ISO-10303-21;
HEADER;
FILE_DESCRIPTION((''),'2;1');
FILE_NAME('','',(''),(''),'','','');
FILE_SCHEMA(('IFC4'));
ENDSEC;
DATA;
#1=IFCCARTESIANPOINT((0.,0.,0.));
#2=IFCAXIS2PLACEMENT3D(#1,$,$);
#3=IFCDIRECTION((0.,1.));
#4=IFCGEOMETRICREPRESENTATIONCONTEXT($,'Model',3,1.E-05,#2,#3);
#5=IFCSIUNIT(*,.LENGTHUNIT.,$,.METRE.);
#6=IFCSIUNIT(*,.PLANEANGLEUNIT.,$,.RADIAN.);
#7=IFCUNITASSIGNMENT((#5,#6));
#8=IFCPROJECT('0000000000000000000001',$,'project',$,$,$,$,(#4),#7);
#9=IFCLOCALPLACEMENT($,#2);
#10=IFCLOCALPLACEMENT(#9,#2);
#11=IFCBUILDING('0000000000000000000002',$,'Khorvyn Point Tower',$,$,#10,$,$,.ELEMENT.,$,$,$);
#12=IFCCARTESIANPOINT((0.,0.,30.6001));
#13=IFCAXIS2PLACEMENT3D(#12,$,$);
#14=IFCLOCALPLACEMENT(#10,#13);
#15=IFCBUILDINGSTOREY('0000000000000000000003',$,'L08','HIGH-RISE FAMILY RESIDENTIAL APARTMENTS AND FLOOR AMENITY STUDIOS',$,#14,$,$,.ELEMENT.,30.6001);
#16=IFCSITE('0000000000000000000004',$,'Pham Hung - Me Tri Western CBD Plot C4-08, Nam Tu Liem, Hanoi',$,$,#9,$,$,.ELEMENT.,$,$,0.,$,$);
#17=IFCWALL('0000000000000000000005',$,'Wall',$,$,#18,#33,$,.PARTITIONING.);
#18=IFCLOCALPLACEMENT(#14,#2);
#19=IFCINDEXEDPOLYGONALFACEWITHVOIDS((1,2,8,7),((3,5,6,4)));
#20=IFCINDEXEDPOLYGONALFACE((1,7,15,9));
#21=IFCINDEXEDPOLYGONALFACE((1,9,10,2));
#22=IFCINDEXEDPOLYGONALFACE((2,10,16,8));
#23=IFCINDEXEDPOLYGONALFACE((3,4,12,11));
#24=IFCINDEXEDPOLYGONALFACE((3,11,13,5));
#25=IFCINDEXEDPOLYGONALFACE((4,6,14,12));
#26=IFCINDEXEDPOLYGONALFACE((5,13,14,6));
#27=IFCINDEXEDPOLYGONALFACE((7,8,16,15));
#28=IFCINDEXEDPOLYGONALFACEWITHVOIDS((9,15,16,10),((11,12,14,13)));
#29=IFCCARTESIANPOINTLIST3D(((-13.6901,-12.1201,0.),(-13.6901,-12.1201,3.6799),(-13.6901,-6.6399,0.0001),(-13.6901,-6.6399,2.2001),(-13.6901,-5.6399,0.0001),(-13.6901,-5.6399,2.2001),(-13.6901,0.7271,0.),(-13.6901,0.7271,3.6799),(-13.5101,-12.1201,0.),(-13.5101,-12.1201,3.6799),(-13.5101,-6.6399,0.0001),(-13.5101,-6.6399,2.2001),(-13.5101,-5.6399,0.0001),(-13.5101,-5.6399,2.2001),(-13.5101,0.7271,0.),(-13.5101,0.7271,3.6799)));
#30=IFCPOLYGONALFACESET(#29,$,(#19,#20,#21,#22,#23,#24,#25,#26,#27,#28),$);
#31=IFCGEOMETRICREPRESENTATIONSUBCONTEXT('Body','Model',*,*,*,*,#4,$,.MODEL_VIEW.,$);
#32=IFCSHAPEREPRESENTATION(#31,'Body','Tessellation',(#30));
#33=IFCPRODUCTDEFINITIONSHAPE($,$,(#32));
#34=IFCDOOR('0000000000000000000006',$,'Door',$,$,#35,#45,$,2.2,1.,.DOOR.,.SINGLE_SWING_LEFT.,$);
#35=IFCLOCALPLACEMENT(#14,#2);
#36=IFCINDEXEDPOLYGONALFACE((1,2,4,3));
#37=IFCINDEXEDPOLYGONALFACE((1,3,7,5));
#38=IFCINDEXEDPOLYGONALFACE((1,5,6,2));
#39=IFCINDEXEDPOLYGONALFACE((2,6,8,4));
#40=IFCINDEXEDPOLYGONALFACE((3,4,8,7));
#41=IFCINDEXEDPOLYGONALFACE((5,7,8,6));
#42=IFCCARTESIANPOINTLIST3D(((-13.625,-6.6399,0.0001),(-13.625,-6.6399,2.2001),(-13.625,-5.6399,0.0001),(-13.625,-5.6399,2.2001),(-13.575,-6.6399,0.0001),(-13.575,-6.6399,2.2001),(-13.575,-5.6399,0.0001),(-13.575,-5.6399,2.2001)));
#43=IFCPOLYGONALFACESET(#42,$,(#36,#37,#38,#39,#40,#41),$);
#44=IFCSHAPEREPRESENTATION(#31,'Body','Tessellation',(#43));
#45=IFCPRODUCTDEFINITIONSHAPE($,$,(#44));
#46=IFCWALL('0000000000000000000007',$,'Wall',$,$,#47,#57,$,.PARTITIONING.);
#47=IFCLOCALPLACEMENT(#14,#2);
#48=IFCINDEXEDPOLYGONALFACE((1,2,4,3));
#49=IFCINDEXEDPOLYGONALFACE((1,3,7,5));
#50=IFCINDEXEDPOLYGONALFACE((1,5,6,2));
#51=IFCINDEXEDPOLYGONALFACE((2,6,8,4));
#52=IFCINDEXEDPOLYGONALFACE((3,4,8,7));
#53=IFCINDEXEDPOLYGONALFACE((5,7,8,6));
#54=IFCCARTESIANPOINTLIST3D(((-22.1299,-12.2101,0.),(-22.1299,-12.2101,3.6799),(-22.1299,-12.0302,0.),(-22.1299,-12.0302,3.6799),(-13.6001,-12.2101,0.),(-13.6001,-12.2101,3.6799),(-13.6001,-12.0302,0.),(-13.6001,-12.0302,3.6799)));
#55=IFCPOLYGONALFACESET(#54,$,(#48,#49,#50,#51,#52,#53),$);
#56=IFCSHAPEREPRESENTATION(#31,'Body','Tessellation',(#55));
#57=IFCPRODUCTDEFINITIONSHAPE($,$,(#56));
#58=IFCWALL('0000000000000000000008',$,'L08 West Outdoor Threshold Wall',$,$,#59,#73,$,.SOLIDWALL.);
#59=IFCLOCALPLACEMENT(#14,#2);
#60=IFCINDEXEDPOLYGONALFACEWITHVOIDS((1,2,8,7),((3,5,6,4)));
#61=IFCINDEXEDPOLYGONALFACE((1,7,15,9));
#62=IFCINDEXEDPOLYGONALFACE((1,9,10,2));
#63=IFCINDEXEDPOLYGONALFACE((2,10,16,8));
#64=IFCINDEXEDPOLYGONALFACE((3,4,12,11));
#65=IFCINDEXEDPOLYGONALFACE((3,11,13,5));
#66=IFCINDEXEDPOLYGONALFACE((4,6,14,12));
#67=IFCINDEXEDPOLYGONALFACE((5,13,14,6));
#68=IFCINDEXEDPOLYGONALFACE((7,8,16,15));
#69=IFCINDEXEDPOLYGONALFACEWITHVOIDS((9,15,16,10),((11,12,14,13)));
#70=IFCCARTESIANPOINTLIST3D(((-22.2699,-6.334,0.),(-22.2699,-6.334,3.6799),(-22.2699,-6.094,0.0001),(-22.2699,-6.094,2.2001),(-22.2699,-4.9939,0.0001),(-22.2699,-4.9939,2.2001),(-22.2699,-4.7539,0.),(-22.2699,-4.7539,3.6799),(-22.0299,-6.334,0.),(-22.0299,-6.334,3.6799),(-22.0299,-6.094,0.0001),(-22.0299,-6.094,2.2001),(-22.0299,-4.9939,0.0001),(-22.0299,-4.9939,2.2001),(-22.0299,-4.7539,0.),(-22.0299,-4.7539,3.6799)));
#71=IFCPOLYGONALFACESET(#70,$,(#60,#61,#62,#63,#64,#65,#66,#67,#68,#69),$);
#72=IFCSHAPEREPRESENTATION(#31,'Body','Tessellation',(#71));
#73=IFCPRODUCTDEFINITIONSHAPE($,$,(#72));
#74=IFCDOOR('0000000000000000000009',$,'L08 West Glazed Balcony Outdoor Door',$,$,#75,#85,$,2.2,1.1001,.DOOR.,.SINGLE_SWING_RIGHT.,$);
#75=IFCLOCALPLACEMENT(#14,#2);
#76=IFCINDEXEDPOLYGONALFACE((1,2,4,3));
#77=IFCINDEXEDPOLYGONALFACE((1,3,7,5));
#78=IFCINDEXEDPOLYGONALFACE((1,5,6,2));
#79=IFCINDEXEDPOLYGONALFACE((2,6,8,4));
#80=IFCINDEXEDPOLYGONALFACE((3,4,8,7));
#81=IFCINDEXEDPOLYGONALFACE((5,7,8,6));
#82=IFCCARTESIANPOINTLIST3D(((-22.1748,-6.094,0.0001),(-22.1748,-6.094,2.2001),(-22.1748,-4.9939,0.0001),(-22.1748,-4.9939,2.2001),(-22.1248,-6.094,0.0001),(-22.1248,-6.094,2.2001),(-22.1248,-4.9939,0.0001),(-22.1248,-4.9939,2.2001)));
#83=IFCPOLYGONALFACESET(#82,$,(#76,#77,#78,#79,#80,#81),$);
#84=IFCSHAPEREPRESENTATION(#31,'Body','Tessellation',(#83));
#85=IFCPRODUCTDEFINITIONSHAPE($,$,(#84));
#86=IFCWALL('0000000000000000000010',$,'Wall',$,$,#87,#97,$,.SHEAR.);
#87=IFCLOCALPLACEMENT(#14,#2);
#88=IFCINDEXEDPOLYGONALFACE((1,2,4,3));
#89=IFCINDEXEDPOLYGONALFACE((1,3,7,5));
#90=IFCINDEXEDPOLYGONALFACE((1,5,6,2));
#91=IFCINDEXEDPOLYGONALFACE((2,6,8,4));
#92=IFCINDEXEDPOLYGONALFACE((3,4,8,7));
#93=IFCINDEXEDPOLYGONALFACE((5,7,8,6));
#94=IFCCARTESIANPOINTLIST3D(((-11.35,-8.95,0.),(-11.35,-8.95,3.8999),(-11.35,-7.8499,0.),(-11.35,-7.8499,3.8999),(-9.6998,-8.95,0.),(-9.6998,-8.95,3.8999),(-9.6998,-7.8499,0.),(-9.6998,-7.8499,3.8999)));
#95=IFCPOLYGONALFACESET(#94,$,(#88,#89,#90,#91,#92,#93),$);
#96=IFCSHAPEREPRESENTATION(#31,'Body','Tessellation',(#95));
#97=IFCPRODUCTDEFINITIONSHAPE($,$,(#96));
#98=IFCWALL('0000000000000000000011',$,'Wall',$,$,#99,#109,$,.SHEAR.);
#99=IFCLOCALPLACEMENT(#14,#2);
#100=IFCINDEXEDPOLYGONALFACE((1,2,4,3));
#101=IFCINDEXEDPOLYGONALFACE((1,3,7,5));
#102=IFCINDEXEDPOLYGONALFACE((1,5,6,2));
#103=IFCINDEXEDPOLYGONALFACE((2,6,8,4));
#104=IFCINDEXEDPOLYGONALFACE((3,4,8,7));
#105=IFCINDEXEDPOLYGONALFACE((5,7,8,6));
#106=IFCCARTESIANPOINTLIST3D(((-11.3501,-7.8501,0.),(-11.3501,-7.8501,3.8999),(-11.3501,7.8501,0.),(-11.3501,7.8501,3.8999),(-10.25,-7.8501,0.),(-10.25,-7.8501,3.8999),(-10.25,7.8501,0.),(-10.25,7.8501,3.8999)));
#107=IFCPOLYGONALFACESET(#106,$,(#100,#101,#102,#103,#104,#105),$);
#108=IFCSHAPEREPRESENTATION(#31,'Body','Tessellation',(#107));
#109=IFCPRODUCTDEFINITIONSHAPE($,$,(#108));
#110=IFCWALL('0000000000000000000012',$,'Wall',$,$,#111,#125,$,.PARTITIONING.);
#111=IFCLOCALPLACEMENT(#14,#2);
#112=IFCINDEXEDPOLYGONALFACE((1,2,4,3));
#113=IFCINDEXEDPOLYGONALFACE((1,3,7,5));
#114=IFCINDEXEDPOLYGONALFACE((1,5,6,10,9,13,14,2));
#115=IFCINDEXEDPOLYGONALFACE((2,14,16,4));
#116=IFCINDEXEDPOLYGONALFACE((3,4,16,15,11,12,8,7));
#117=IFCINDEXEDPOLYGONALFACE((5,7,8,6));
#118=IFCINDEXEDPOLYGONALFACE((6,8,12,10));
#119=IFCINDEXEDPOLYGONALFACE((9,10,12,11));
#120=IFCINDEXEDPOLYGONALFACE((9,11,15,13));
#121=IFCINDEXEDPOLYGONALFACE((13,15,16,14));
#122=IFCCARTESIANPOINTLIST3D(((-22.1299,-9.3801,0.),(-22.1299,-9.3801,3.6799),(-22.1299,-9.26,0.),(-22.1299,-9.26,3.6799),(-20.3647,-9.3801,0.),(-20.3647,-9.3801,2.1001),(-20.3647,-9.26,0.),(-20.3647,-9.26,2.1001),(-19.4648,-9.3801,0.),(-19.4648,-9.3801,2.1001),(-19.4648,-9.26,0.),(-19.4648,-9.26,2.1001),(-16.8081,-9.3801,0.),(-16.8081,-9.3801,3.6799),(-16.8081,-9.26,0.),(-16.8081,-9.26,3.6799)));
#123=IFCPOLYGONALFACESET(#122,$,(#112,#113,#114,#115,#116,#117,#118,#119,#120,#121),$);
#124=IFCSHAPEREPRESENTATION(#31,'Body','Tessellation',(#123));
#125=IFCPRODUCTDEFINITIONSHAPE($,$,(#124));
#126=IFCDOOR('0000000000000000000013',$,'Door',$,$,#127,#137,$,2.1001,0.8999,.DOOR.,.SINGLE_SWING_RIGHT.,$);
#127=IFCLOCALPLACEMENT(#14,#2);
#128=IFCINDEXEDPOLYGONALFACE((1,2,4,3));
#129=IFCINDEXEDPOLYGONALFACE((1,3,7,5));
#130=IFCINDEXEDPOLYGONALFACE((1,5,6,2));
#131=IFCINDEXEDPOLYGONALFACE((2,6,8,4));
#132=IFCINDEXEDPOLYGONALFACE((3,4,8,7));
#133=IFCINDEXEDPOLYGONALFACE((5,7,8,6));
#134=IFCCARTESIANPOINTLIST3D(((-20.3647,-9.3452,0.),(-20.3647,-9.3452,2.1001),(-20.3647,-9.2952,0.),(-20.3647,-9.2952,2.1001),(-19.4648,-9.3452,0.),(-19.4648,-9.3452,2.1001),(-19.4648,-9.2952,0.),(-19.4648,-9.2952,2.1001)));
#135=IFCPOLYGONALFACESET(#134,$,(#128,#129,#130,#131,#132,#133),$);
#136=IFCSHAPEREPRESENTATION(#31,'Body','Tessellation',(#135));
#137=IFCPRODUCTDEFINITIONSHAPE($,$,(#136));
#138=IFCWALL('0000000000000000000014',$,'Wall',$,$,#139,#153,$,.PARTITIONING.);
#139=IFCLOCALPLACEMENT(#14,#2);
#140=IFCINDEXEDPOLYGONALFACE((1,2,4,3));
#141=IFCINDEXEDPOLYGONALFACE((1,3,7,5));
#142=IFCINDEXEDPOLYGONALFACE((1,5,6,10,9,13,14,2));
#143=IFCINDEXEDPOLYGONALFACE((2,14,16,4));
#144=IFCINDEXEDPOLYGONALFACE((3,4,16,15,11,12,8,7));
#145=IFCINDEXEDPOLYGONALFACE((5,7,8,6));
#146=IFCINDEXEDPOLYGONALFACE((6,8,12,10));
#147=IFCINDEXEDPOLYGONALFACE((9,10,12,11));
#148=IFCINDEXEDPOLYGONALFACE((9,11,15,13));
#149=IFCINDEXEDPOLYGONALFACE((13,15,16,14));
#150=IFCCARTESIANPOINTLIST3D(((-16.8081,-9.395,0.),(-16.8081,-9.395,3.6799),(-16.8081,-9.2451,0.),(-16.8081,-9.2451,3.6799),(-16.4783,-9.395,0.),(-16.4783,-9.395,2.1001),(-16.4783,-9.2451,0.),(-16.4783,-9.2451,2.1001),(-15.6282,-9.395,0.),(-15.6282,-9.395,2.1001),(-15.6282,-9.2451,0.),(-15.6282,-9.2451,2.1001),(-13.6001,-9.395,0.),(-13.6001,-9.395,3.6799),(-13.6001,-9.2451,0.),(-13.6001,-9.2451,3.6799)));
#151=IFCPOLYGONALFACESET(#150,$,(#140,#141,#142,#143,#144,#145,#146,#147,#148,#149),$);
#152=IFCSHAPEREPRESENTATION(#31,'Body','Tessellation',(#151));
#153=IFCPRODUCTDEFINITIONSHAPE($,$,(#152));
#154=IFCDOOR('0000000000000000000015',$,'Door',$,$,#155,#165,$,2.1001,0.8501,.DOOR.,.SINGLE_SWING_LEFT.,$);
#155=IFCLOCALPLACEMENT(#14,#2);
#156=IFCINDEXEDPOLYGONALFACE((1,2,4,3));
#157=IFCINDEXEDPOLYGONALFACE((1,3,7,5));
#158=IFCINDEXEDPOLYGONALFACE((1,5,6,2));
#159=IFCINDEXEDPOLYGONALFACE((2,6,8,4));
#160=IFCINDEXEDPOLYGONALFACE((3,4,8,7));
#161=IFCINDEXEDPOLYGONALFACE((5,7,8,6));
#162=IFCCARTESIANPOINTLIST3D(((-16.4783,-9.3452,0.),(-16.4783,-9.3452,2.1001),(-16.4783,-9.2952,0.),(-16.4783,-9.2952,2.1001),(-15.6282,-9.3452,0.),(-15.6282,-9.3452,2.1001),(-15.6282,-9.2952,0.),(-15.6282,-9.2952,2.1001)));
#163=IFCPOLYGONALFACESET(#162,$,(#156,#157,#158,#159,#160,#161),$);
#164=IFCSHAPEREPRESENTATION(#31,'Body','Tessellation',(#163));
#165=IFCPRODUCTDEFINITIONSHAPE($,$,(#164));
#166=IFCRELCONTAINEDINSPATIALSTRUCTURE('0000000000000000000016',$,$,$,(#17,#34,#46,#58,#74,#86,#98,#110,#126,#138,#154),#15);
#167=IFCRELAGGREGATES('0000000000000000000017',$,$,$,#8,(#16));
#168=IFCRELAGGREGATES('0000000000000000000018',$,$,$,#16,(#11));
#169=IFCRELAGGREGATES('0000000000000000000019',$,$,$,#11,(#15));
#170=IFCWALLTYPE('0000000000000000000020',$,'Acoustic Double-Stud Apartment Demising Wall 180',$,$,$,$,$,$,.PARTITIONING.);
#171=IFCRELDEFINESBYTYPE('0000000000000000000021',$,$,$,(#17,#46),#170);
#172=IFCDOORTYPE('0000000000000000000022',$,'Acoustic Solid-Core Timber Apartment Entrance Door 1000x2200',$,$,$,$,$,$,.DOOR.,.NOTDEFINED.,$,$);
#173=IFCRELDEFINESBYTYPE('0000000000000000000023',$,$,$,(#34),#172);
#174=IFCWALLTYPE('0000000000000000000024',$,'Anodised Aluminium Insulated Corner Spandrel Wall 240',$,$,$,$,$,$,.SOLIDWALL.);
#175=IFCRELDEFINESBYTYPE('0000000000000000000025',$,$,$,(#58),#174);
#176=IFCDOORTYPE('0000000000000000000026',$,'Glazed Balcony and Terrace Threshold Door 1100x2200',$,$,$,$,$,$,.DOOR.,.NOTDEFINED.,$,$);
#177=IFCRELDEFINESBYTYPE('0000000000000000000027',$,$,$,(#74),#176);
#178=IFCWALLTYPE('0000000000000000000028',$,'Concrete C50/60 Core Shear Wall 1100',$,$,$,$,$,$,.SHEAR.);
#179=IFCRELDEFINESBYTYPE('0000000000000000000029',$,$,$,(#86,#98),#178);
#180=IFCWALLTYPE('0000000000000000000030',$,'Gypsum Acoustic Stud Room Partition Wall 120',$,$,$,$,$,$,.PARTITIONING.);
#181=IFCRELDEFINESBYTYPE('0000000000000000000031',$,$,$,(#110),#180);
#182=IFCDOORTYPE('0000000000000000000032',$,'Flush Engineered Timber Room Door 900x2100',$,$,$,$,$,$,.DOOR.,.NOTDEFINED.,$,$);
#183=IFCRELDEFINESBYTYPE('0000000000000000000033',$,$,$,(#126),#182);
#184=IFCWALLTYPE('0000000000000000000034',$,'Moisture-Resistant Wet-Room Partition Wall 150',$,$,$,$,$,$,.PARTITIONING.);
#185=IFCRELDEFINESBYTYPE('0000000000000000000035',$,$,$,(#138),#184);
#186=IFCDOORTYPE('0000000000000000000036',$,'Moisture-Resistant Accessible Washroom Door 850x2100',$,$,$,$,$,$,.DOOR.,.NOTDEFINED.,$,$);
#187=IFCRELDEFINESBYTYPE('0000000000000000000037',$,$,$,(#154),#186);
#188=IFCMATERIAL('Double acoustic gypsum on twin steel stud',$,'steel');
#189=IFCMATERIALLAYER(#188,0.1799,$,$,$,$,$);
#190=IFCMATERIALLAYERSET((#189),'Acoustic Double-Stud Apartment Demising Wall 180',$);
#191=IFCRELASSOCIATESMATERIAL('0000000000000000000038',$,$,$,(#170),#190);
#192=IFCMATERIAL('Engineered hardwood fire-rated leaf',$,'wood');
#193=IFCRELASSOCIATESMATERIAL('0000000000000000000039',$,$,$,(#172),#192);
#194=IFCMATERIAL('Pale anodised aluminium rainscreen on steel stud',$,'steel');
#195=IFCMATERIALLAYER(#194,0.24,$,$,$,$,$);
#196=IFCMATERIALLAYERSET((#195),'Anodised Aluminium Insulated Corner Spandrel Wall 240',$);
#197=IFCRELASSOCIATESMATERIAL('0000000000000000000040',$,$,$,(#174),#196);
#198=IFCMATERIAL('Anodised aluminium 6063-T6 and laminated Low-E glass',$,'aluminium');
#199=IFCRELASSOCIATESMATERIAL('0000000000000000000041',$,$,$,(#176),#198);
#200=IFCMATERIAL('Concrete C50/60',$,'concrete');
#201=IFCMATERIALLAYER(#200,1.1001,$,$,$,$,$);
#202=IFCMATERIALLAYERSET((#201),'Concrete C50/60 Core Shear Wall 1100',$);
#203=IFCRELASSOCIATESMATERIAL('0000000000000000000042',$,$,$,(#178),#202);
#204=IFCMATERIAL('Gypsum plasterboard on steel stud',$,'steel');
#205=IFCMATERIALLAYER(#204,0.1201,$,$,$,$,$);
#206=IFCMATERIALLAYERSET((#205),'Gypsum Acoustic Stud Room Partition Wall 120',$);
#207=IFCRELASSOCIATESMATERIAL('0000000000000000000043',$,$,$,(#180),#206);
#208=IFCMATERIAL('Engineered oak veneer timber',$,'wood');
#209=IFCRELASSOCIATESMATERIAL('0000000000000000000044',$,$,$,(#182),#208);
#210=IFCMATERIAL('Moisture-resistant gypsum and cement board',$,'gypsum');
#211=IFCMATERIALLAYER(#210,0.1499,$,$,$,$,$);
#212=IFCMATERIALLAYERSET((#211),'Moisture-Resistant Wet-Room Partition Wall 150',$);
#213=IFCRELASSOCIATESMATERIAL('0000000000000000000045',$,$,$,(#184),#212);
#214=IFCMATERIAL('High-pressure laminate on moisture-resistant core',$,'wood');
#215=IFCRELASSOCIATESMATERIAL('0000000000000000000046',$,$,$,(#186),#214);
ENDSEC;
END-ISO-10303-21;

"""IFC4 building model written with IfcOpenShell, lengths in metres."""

from ifc_helpers import new_model, si_unit, direction, frame, frame_2d, origin, place, context, subcontext, project, spatial, rectangle, extrude, material, layer, layer_set, type_object, element, fill, save


model = new_model("IFC4")

# Units and contexts
model_context = context("Model", 3, precision=1e-05, world=origin(), true_north=direction((0.0, 1.0)))
body_context = subcontext(model_context, "Body", "Model", "MODEL_VIEW")
ifc_project = project(units=[si_unit("LENGTHUNIT", "METRE"), si_unit("PLANEANGLEUNIT", "RADIAN")], contexts=[model_context])

# Site, building, storey
site_placement = place(None, origin())
site = spatial("IfcSite", under=ifc_project, at=site_placement, Name="Pham Hung - Me Tri Western CBD Plot C4-08, Nam Tu Liem, Hanoi", CompositionType="ELEMENT", RefElevation=0.0)
building_placement = place(site_placement, origin())
building = spatial("IfcBuilding", under=site, at=building_placement, Name="Khorvyn Point Tower", CompositionType="ELEMENT")
storey_placement = place(building_placement, frame((0.0, 0.0, 30.6001)))
storey = spatial("IfcBuildingStorey", under=building, at=storey_placement, Name="L08", Description="HIGH-RISE FAMILY RESIDENTIAL APARTMENTS AND FLOOR AMENITY STUDIOS", CompositionType="ELEMENT", Elevation=30.6001)

# Shared definitions
ifc_material_1 = material(Name="Concrete C50/60", Category="concrete")

# Shared definitions
ifc_material_2 = material(Name="Anodised aluminium 6063-T6 and laminated Low-E glass", Category="aluminium")

# Wall, opening, door
ifc_material_3 = material(Name="Double acoustic gypsum on twin steel stud", Category="steel")
ifc_layer_1 = layer(ifc_material_3, 0.1799)
ifc_layer_set_1 = layer_set([ifc_layer_1], Name="Acoustic Double-Stud Apartment Demising Wall 180")
wall_type_1 = type_object("IfcWallType", Name="Acoustic Double-Stud Apartment Demising Wall 180", PredefinedType="PARTITIONING", material=ifc_layer_set_1)
ifc_material_4 = material(Name="Engineered hardwood fire-rated leaf", Category="wood")
door_type_1 = type_object("IfcDoorType", Name="Acoustic Solid-Core Timber Apartment Entrance Door 1000x2200", OperationType="NOTDEFINED", PredefinedType="DOOR", material=ifc_material_4)
wall_1_placement = place(storey_placement, frame((-13.6001, -12.1201, 0.0), z_axis=(0.0, 0.0, 1.0), x_axis=(0.0, 1.0, 0.0)))
wall_1 = element("IfcWall", 1, at=wall_1_placement, inside=storey, type_object=wall_type_1, Name="Wall", PredefinedType="PARTITIONING", context=body_context, shape_type="SweptSolid", body=[
    extrude(rectangle(XDim=12.8472, YDim=0.1799, at=frame_2d((6.4236, 0.0))), origin(), (0.0, 0.0, 1.0), 3.6799),
])
opening_1_placement = place(wall_1_placement, frame((5.4802, 0.0, 0.0)))
opening_1 = element("IfcOpeningElement", 2, at=opening_1_placement, cuts=wall_1, PredefinedType="OPENING", context=body_context, shape_type="SweptSolid", body=[
    extrude(rectangle(XDim=1.0, YDim=2.2, at=frame_2d((0.5, 1.1001))), frame((0.0, 0.0999, 0.0), z_axis=(0.0, -1.0, 0.0), x_axis=(1.0, 0.0, 0.0)), (0.0, 0.0, 1.0), 0.2),
])
door_1_placement = place(opening_1_placement, origin())
door_1 = element("IfcDoor", 3, at=door_1_placement, inside=storey, type_object=door_type_1, Name="Door", OperationType="SINGLE_SWING_LEFT", OverallHeight=2.2, OverallWidth=1.0, PredefinedType="DOOR", context=body_context, shape_type="SweptSolid", body=[
    extrude(rectangle(XDim=1.0, YDim=2.2, at=frame_2d((0.5, 1.1001))), frame((0.0, 0.0249, 0.0), z_axis=(0.0, -1.0, 0.0), x_axis=(1.0, 0.0, 0.0)), (0.0, 0.0, 1.0), 0.05),
])
fill(opening_1, door_1)

# Wall
wall_2_placement = place(storey_placement, frame((-22.1299, -12.1201, 0.0), z_axis=(0.0, 0.0, 1.0), x_axis=(1.0, 0.0, 0.0)))
element("IfcWall", 4, at=wall_2_placement, inside=storey, type_object=wall_type_1, Name="Wall", PredefinedType="PARTITIONING", context=body_context, shape_type="SweptSolid", body=[
    extrude(rectangle(XDim=8.5298, YDim=0.1799, at=frame_2d((4.2649, 0.0))), origin(), (0.0, 0.0, 1.0), 3.6799),
])

# Wall, opening, door
ifc_material_5 = material(Name="Pale anodised aluminium rainscreen on steel stud", Category="steel")
ifc_layer_2 = layer(ifc_material_5, 0.24)
ifc_layer_set_2 = layer_set([ifc_layer_2], Name="Anodised Aluminium Insulated Corner Spandrel Wall 240")
wall_type_2 = type_object("IfcWallType", Name="Anodised Aluminium Insulated Corner Spandrel Wall 240", PredefinedType="SOLIDWALL", material=ifc_layer_set_2)
wall_3_placement = place(storey_placement, frame((-22.1499, -6.334, 0.0), z_axis=(0.0, 0.0, 1.0), x_axis=(0.0, 1.0, 0.0)))
wall_3 = element("IfcWall", 5, at=wall_3_placement, inside=storey, type_object=wall_type_2, Name="L08 West Outdoor Threshold Wall", PredefinedType="SOLIDWALL", context=body_context, shape_type="SweptSolid", body=[
    extrude(rectangle(XDim=1.5801, YDim=0.24, at=frame_2d((0.79, 0.0))), origin(), (0.0, 0.0, 1.0), 3.6799),
])
opening_2_placement = place(wall_3_placement, frame((0.24, 0.0, 0.0)))
opening_2 = element("IfcOpeningElement", 6, at=opening_2_placement, cuts=wall_3, PredefinedType="OPENING", context=body_context, shape_type="SweptSolid", body=[
    extrude(rectangle(XDim=1.1001, YDim=2.2, at=frame_2d((0.55, 1.1001))), frame((0.0, 0.1299, 0.0), z_axis=(0.0, -1.0, 0.0), x_axis=(1.0, 0.0, 0.0)), (0.0, 0.0, 1.0), 0.26),
])
door_type_2 = type_object("IfcDoorType", Name="Glazed Balcony and Terrace Threshold Door 1100x2200", OperationType="NOTDEFINED", PredefinedType="DOOR", material=ifc_material_2)
door_2_placement = place(opening_2_placement, origin())
door_2 = element("IfcDoor", 7, at=door_2_placement, inside=storey, type_object=door_type_2, Name="L08 West Glazed Balcony Outdoor Door", OperationType="SINGLE_SWING_RIGHT", OverallHeight=2.2, OverallWidth=1.1001, PredefinedType="DOOR", context=body_context, shape_type="SweptSolid", body=[
    extrude(rectangle(XDim=1.1001, YDim=2.2, at=frame_2d((0.55, 1.1001))), frame((0.0, 0.0249, 0.0), z_axis=(0.0, -1.0, 0.0), x_axis=(1.0, 0.0, 0.0)), (0.0, 0.0, 1.0), 0.05),
])
fill(opening_2, door_2)

# Walls
ifc_layer_3 = layer(ifc_material_1, 1.1001)
ifc_layer_set_3 = layer_set([ifc_layer_3], Name="Concrete C50/60 Core Shear Wall 1100")
wall_type_3 = type_object("IfcWallType", Name="Concrete C50/60 Core Shear Wall 1100", PredefinedType="SHEAR", material=ifc_layer_set_3)
wall_4_placement = place(storey_placement, frame((-11.3501, -8.3999, 0.0), z_axis=(0.0, 0.0, 1.0), x_axis=(1.0, 0.0, 0.0)))
element("IfcWall", 8, at=wall_4_placement, inside=storey, type_object=wall_type_3, Name="Wall", PredefinedType="SHEAR", context=body_context, shape_type="SweptSolid", body=[
    extrude(rectangle(XDim=1.6501, YDim=1.1001, at=frame_2d((0.8252, 0.0))), origin(), (0.0, 0.0, 1.0), 3.8999),
])
wall_5_placement = place(storey_placement, frame((-10.8, -7.8501, 0.0), z_axis=(0.0, 0.0, 1.0), x_axis=(0.0, 1.0, 0.0)))
element("IfcWall", 9, at=wall_5_placement, inside=storey, type_object=wall_type_3, Name="Wall", PredefinedType="SHEAR", context=body_context, shape_type="SweptSolid", body=[
    extrude(rectangle(XDim=15.7002, YDim=1.1001, at=frame_2d((7.8501, 0.0))), origin(), (0.0, 0.0, 1.0), 3.8999),
])

# Walls, openings, doors
ifc_material_6 = material(Name="Gypsum plasterboard on steel stud", Category="steel")
ifc_layer_4 = layer(ifc_material_6, 0.1201)
ifc_layer_set_4 = layer_set([ifc_layer_4], Name="Gypsum Acoustic Stud Room Partition Wall 120")
wall_type_4 = type_object("IfcWallType", Name="Gypsum Acoustic Stud Room Partition Wall 120", PredefinedType="PARTITIONING", material=ifc_layer_set_4)
wall_6_placement = place(storey_placement, frame((-22.1299, -9.3201, 0.0), z_axis=(0.0, 0.0, 1.0), x_axis=(1.0, 0.0, 0.0)))
wall_6 = element("IfcWall", 10, at=wall_6_placement, inside=storey, type_object=wall_type_4, Name="Wall", PredefinedType="PARTITIONING", context=body_context, shape_type="SweptSolid", body=[
    extrude(rectangle(XDim=5.3218, YDim=0.1201, at=frame_2d((2.6609, 0.0))), origin(), (0.0, 0.0, 1.0), 3.6799),
])
opening_3_placement = place(wall_6_placement, frame((1.7651, 0.0, 0.0)))
opening_3 = element("IfcOpeningElement", 11, at=opening_3_placement, cuts=wall_6, PredefinedType="OPENING", context=body_context, shape_type="SweptSolid", body=[
    extrude(rectangle(XDim=0.8999, YDim=2.1001, at=frame_2d((0.45, 1.05))), frame((0.0, 0.0701, 0.0), z_axis=(0.0, -1.0, 0.0), x_axis=(1.0, 0.0, 0.0)), (0.0, 0.0, 1.0), 0.1401),
])
ifc_material_7 = material(Name="Engineered oak veneer timber", Category="wood")
door_type_3 = type_object("IfcDoorType", Name="Flush Engineered Timber Room Door 900x2100", OperationType="NOTDEFINED", PredefinedType="DOOR", material=ifc_material_7)
door_3_placement = place(opening_3_placement, origin())
door_3 = element("IfcDoor", 12, at=door_3_placement, inside=storey, type_object=door_type_3, Name="Door", OperationType="SINGLE_SWING_RIGHT", OverallHeight=2.1001, OverallWidth=0.8999, PredefinedType="DOOR", context=body_context, shape_type="SweptSolid", body=[
    extrude(rectangle(XDim=0.8999, YDim=2.1001, at=frame_2d((0.45, 1.05))), frame((0.0, 0.0249, 0.0), z_axis=(0.0, -1.0, 0.0), x_axis=(1.0, 0.0, 0.0)), (0.0, 0.0, 1.0), 0.05),
])
fill(opening_3, door_3)
ifc_material_8 = material(Name="Moisture-resistant gypsum and cement board", Category="gypsum")
ifc_layer_5 = layer(ifc_material_8, 0.1499)
ifc_layer_set_5 = layer_set([ifc_layer_5], Name="Moisture-Resistant Wet-Room Partition Wall 150")
wall_type_5 = type_object("IfcWallType", Name="Moisture-Resistant Wet-Room Partition Wall 150", PredefinedType="PARTITIONING", material=ifc_layer_set_5)
wall_7_placement = place(storey_placement, frame((-16.8081, -9.3201, 0.0), z_axis=(0.0, 0.0, 1.0), x_axis=(1.0, 0.0, 0.0)))
wall_7 = element("IfcWall", 13, at=wall_7_placement, inside=storey, type_object=wall_type_5, Name="Wall", PredefinedType="PARTITIONING", context=body_context, shape_type="SweptSolid", body=[
    extrude(rectangle(XDim=3.208, YDim=0.1499, at=frame_2d((1.604, 0.0))), origin(), (0.0, 0.0, 1.0), 3.6799),
])
opening_4_placement = place(wall_7_placement, frame((0.3298, 0.0, 0.0)))
opening_4 = element("IfcOpeningElement", 14, at=opening_4_placement, cuts=wall_7, PredefinedType="OPENING", context=body_context, shape_type="SweptSolid", body=[
    extrude(rectangle(XDim=0.8501, YDim=2.1001, at=frame_2d((0.425, 1.05))), frame((0.0, 0.085, 0.0), z_axis=(0.0, -1.0, 0.0), x_axis=(1.0, 0.0, 0.0)), (0.0, 0.0, 1.0), 0.1699),
])
ifc_material_9 = material(Name="High-pressure laminate on moisture-resistant core", Category="wood")
door_type_4 = type_object("IfcDoorType", Name="Moisture-Resistant Accessible Washroom Door 850x2100", OperationType="NOTDEFINED", PredefinedType="DOOR", material=ifc_material_9)
door_4_placement = place(opening_4_placement, origin())
door_4 = element("IfcDoor", 15, at=door_4_placement, inside=storey, type_object=door_type_4, Name="Door", OperationType="SINGLE_SWING_LEFT", OverallHeight=2.1001, OverallWidth=0.8501, PredefinedType="DOOR", context=body_context, shape_type="SweptSolid", body=[
    extrude(rectangle(XDim=0.8501, YDim=2.1001, at=frame_2d((0.425, 1.05))), frame((0.0, 0.0249, 0.0), z_axis=(0.0, -1.0, 0.0), x_axis=(1.0, 0.0, 0.0)), (0.0, 0.0, 1.0), 0.05),
])
fill(opening_4, door_4)

save(model, "model.ifc")
